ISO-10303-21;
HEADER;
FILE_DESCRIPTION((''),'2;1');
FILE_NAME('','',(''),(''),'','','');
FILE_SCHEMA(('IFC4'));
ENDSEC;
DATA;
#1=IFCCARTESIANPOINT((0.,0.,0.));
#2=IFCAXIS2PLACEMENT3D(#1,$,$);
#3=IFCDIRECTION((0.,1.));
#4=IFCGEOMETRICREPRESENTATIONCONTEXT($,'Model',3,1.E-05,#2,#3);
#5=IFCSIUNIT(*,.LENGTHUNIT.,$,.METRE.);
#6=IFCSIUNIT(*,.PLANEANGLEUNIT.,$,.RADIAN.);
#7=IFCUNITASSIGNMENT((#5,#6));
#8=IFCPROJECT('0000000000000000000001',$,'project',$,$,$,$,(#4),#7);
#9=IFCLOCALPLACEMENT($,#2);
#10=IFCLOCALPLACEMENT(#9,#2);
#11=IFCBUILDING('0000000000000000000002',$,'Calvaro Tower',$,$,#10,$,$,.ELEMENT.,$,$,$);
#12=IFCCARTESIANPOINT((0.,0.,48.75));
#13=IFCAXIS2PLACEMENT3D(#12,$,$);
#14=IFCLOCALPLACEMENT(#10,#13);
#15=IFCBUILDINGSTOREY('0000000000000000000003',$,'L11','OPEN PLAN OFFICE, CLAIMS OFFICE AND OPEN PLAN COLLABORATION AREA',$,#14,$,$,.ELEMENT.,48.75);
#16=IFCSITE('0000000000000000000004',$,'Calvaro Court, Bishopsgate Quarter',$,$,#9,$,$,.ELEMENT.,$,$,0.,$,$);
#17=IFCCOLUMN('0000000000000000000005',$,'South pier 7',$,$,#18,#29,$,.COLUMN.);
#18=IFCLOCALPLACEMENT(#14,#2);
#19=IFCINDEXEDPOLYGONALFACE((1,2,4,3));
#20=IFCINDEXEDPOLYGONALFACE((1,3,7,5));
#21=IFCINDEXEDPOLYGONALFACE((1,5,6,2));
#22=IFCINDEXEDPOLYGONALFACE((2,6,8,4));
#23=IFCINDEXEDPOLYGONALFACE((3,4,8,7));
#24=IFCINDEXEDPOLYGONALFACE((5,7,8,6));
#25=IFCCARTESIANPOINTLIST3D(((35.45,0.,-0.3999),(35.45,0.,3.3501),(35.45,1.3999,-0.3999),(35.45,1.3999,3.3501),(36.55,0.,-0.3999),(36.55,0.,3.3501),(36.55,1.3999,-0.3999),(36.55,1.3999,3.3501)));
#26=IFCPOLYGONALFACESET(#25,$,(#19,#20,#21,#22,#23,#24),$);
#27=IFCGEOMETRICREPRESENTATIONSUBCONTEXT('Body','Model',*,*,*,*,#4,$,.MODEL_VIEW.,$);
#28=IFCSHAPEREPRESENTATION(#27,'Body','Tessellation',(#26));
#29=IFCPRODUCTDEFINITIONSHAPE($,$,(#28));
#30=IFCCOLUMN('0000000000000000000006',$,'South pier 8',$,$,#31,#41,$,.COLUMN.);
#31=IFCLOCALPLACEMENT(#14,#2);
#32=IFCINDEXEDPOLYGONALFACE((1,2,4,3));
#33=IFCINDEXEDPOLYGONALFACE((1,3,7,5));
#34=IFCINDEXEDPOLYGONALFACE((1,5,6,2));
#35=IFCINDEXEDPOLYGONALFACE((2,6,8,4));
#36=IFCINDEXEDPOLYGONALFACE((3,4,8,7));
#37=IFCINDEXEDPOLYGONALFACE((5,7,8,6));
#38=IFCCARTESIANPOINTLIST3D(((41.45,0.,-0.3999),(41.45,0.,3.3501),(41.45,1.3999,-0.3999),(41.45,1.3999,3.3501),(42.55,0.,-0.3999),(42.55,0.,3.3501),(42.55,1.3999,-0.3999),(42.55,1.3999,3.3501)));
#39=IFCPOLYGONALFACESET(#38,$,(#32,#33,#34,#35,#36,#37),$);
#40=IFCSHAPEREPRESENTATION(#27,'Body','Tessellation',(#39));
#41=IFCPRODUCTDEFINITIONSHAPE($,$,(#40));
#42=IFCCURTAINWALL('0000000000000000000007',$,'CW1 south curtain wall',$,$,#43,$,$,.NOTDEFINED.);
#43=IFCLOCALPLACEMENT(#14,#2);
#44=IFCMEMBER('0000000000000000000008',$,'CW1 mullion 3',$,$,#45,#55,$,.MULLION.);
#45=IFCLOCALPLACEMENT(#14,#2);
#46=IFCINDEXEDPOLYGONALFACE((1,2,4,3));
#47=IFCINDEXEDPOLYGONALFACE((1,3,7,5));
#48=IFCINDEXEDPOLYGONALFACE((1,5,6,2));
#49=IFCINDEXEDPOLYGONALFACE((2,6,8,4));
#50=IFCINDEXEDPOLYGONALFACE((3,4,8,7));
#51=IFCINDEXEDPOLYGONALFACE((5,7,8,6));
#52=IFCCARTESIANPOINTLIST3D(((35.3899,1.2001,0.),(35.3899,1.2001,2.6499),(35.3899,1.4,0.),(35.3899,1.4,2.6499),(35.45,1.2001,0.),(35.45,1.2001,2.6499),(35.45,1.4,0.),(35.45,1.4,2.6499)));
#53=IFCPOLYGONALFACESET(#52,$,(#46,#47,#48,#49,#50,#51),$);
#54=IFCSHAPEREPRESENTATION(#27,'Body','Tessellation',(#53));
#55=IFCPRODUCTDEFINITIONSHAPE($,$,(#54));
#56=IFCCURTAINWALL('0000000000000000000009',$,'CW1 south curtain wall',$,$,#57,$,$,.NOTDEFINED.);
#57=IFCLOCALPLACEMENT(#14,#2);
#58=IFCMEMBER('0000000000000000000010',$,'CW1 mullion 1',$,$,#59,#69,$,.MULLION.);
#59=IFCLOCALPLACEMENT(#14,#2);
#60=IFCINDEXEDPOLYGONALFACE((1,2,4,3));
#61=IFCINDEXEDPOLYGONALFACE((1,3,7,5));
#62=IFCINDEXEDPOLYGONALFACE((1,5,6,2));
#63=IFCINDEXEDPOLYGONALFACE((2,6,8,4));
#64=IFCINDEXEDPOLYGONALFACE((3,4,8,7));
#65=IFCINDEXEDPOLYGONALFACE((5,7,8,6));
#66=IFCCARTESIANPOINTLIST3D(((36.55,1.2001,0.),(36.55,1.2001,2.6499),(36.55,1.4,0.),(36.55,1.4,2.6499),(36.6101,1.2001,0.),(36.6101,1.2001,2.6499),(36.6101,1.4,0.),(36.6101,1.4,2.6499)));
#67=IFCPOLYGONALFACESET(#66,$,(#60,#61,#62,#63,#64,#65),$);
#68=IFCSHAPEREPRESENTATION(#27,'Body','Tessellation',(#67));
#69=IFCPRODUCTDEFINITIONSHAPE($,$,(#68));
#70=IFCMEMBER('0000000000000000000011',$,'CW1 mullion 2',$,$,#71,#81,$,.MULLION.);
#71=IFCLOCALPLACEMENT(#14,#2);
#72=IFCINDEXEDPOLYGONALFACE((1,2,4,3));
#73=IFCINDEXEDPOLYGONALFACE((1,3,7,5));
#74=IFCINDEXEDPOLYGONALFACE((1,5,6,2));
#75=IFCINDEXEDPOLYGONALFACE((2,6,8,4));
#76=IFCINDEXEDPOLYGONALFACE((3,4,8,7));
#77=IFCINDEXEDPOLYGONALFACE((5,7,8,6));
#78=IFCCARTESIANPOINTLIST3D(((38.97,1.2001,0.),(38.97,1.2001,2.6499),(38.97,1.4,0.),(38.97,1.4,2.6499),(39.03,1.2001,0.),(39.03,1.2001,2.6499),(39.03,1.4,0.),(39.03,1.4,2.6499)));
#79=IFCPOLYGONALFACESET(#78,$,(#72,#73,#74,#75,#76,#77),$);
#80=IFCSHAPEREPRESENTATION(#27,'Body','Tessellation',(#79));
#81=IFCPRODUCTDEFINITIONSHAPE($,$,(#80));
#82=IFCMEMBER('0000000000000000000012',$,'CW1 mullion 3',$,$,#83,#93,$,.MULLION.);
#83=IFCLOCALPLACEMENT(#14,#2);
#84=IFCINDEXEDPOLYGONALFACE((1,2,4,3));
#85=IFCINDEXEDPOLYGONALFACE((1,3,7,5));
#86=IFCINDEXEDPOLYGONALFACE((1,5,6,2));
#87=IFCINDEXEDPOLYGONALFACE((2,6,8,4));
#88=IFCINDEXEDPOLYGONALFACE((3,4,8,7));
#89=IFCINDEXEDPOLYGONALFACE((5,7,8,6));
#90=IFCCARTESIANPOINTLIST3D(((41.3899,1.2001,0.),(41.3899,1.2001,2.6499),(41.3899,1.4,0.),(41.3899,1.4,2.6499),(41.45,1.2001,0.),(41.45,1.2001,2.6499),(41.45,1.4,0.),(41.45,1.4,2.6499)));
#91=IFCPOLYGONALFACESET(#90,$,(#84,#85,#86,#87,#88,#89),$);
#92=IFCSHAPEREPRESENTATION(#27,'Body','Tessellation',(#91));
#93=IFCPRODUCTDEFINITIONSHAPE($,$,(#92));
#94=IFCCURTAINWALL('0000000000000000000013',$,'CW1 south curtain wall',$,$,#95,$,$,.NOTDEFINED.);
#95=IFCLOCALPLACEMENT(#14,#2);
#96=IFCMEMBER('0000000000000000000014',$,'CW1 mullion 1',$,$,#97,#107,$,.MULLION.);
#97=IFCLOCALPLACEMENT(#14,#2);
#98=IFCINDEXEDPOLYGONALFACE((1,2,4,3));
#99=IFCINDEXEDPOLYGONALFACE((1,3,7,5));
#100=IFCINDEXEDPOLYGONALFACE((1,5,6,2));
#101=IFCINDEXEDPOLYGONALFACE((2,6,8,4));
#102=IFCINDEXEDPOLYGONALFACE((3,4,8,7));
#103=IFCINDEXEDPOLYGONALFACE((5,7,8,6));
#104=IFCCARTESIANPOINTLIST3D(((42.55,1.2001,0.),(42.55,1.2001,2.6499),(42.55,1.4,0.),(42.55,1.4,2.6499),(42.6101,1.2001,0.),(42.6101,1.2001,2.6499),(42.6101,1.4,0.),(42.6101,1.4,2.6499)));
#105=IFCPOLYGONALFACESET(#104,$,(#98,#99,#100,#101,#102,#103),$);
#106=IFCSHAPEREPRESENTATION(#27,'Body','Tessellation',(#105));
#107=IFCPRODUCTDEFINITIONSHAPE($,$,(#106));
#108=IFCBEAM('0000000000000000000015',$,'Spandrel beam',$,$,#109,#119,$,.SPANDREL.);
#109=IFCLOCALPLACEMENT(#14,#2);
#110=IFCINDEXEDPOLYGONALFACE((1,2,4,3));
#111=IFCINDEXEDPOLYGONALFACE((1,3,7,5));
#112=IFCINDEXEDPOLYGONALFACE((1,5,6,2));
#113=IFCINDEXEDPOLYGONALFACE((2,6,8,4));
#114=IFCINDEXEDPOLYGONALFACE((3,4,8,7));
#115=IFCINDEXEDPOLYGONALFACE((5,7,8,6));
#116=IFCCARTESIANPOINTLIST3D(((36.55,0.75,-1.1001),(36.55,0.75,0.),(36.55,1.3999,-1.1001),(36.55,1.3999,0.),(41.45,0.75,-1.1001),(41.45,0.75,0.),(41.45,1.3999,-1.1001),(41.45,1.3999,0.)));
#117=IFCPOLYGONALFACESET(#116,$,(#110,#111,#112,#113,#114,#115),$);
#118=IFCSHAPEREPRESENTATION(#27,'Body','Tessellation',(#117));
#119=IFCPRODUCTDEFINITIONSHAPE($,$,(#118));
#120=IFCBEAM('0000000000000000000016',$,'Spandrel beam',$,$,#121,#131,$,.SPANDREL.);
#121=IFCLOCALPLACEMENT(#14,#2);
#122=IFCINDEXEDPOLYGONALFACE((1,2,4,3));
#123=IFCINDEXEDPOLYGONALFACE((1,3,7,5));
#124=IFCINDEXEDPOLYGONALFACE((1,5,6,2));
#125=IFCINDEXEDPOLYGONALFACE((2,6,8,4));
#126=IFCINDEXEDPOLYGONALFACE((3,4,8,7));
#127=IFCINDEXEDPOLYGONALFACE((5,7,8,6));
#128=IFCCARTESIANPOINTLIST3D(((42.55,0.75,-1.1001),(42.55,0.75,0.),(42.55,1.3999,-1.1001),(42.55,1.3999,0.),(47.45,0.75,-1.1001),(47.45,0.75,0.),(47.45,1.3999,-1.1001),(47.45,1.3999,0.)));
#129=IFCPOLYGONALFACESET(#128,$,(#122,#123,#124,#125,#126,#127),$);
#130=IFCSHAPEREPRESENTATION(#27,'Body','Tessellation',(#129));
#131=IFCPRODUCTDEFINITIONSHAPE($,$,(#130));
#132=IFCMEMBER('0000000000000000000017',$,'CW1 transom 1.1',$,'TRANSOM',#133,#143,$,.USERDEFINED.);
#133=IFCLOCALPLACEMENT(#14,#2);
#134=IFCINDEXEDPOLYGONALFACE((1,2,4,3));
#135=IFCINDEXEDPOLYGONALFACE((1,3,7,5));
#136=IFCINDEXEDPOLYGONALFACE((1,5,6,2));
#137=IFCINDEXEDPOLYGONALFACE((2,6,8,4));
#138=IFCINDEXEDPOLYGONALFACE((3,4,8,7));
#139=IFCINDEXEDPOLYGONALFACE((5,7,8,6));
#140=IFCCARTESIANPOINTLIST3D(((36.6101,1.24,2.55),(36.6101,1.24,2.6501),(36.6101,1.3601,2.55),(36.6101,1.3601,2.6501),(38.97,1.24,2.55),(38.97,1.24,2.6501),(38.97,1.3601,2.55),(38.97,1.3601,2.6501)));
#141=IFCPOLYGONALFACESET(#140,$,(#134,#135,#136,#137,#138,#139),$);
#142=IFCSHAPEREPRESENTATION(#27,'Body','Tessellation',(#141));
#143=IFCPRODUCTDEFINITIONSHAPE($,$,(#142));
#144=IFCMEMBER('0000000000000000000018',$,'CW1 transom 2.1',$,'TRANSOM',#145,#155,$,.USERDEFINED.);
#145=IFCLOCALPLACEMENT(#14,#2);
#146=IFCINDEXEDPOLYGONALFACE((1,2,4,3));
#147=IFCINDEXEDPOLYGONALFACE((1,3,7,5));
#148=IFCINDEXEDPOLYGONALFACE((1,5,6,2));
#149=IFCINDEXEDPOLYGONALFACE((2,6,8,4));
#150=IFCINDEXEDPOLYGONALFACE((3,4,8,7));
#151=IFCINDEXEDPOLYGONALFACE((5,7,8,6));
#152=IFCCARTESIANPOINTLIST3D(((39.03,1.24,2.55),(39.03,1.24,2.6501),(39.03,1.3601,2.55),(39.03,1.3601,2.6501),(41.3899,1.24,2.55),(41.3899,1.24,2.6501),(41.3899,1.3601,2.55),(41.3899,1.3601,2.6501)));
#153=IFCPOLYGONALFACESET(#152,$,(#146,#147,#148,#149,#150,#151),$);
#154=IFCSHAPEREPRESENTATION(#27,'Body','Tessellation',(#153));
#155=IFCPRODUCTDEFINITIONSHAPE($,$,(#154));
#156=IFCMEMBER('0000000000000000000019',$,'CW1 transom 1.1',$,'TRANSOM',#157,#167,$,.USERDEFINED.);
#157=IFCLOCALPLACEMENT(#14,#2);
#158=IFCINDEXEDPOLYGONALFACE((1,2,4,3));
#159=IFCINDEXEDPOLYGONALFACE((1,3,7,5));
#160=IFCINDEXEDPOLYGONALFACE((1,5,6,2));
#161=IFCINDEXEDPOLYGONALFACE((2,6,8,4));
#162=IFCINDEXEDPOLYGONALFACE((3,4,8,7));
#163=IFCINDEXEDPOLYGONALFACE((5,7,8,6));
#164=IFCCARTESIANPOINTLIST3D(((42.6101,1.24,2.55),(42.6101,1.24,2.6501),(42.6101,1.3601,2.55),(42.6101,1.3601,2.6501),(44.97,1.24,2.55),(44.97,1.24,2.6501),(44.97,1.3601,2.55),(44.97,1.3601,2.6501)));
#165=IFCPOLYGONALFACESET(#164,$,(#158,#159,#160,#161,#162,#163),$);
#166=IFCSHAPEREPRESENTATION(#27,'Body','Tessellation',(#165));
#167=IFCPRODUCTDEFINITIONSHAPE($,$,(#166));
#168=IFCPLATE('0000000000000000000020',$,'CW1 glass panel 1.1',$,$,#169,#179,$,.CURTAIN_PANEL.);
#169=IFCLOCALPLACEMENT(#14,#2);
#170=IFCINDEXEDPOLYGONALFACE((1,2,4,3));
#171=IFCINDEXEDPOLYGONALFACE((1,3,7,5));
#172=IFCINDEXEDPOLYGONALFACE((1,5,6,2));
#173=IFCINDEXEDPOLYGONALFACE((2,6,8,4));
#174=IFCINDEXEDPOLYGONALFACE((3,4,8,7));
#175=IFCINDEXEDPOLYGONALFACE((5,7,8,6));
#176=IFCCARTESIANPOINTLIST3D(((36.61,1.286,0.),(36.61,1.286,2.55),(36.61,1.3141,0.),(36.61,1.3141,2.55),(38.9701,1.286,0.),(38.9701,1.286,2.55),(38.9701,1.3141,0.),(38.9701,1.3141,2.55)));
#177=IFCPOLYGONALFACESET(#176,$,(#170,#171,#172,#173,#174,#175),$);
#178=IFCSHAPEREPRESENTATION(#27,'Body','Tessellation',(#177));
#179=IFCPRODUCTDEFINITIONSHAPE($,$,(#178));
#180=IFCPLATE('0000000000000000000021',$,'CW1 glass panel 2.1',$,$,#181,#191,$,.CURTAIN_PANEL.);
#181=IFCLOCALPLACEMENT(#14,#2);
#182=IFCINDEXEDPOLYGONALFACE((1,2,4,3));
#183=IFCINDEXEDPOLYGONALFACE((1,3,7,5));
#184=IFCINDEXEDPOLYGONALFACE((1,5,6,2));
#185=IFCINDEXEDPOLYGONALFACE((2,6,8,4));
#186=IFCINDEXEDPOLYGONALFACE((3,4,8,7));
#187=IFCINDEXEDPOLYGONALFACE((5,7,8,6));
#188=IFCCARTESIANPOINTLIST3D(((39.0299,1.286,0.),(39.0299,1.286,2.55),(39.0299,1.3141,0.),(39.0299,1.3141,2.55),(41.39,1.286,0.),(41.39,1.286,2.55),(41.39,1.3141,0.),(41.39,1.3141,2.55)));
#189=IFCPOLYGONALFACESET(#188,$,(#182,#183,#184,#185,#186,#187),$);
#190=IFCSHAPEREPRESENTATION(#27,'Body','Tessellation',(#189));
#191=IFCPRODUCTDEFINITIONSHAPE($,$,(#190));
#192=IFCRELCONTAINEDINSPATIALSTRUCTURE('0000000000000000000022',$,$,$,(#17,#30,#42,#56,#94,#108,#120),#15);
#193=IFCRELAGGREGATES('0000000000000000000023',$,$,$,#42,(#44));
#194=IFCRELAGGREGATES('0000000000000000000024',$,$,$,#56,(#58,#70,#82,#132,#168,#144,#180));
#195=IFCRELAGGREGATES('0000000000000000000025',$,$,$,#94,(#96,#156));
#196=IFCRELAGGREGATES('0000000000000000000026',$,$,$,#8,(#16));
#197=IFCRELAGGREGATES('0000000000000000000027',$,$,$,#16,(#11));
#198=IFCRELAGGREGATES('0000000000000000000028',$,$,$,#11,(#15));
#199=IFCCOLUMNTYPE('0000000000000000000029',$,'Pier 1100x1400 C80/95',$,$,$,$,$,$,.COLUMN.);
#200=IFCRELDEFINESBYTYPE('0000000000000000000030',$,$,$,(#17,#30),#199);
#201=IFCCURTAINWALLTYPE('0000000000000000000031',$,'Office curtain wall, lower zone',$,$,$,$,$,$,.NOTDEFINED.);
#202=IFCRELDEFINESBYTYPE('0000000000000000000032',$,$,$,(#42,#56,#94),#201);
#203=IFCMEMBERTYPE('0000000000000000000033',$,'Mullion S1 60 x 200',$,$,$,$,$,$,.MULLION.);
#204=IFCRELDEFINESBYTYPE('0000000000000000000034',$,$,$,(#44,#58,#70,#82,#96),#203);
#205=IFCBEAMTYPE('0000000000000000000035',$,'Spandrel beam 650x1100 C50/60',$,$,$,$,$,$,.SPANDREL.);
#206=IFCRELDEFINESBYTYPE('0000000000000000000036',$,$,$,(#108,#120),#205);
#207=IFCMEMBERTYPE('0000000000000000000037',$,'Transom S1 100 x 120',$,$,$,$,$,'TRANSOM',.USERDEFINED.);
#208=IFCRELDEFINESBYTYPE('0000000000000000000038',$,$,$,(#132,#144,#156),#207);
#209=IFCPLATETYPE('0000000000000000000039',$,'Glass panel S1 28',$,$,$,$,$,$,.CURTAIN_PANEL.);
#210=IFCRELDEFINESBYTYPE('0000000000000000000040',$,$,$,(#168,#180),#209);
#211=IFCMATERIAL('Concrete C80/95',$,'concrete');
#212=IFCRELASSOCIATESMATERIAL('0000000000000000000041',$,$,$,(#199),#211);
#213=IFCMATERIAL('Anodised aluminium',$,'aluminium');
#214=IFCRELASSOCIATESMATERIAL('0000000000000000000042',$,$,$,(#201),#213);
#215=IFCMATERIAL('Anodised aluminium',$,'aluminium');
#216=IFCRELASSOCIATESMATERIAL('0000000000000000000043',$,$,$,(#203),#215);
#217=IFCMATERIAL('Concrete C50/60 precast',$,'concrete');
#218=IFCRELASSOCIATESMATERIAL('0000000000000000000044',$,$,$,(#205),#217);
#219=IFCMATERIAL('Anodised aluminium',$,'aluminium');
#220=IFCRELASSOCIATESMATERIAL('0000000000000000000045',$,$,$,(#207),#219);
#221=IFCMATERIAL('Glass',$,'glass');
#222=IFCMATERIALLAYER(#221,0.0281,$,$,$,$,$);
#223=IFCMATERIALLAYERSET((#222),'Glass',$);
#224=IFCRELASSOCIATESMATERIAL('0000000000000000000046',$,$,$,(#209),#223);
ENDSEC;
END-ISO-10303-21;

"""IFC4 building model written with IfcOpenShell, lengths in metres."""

from ifc_helpers import new_model, si_unit, direction, frame, origin, origin_2d, place, context, subcontext, project, spatial, rectangle, extrude, material, layer, layer_set, material_profile, profile_set, type_object, element, aggregate, save


model = new_model("IFC4")

# Units and contexts
model_context = context("Model", 3, precision=1e-05, world=origin(), true_north=direction((0.0, 1.0)))
body_context = subcontext(model_context, "Body", "Model", "MODEL_VIEW")
ifc_project = project(units=[si_unit("LENGTHUNIT", "METRE"), si_unit("PLANEANGLEUNIT", "RADIAN")], contexts=[model_context])

# Site, building, storey
site_placement = place(None, origin())
site = spatial("IfcSite", under=ifc_project, at=site_placement, Name="Calvaro Court, Bishopsgate Quarter", CompositionType="ELEMENT", RefElevation=0.0)
building_placement = place(site_placement, origin())
building = spatial("IfcBuilding", under=site, at=building_placement, Name="Calvaro Tower", CompositionType="ELEMENT")
storey_placement = place(building_placement, frame((0.0, 0.0, 48.75)))
storey = spatial("IfcBuildingStorey", under=building, at=storey_placement, Name="L11", Description="OPEN PLAN OFFICE, CLAIMS OFFICE AND OPEN PLAN COLLABORATION AREA", CompositionType="ELEMENT", Elevation=48.75)

# Columns
ifc_material_1 = material(Name="Concrete C80/95", Category="concrete")
ifc_material_profile_1 = material_profile(ifc_material_1, rectangle(XDim=1.1001, YDim=1.3999, at=origin_2d()), Name="RC 1100x1400")
ifc_profile_set_1 = profile_set([ifc_material_profile_1], Name="Concrete C80/95")
column_type = type_object("IfcColumnType", Name="Pier 1100x1400 C80/95", PredefinedType="COLUMN", material=ifc_profile_set_1)
for number, where, z_axis, x_axis, name in (
    (1, (36.0, 0.7, -0.3999), (0.0, 0.0, 1.0), (1.0, 0.0, 0.0), "South pier 7"),
    (2, (42.0, 0.7, -0.3999), (0.0, 0.0, 1.0), (1.0, 0.0, 0.0), "South pier 8"),
):
    element("IfcColumn", number, at=place(storey_placement, frame(where, z_axis=z_axis, x_axis=x_axis)), inside=storey, type_object=column_type, Name=name, PredefinedType="COLUMN", context=body_context, shape_type="SweptSolid", body=[
        extrude(rectangle(XDim=1.1001, YDim=1.3999, at=origin_2d()), origin(), (0.0, 0.0, 1.0), 3.75),
    ])

# Curtain wall, member
ifc_material_2 = material(Name="Anodised aluminium", Category="aluminium")
curtain_wall_type = type_object("IfcCurtainWallType", Name="Office curtain wall, lower zone", PredefinedType="NOTDEFINED", material=ifc_material_2)
curtain_wall_1_placement = place(storey_placement, origin())
curtain_wall_1 = element("IfcCurtainWall", 3, at=curtain_wall_1_placement, inside=storey, type_object=curtain_wall_type, Name="CW1 south curtain wall", PredefinedType="NOTDEFINED")
ifc_material_3 = material(Name="Anodised aluminium", Category="aluminium")
ifc_material_profile_2 = material_profile(ifc_material_3, rectangle(XDim=0.2, YDim=0.0601, at=origin_2d()), Name="Mullion S1 60 x 200")
ifc_profile_set_2 = profile_set([ifc_material_profile_2], Name="Anodised aluminium")
member_type_1 = type_object("IfcMemberType", Name="Mullion S1 60 x 200", PredefinedType="MULLION", material=ifc_profile_set_2)
member_1_placement = place(storey_placement, frame((35.4199, 1.3, 0.0), z_axis=(0.0, 0.0, 1.0), x_axis=(0.0, 1.0, 0.0)))
member_1 = element("IfcMember", 4, at=member_1_placement, type_object=member_type_1, Name="CW1 mullion 3", PredefinedType="MULLION", context=body_context, shape_type="SweptSolid", body=[
    extrude(rectangle(XDim=0.2, YDim=0.0601, at=origin_2d()), origin(), (0.0, 0.0, 1.0), 2.6499),
])
aggregate(curtain_wall_1, [member_1])

# Curtain wall, members
curtain_wall_2_placement = place(storey_placement, origin())
curtain_wall_2 = element("IfcCurtainWall", 5, at=curtain_wall_2_placement, inside=storey, type_object=curtain_wall_type, Name="CW1 south curtain wall", PredefinedType="NOTDEFINED")
member_2_placement = place(storey_placement, frame((36.5801, 1.3, 0.0), z_axis=(0.0, 0.0, 1.0), x_axis=(0.0, 1.0, 0.0)))
member_2 = element("IfcMember", 6, at=member_2_placement, type_object=member_type_1, Name="CW1 mullion 1", PredefinedType="MULLION", context=body_context, shape_type="SweptSolid", body=[
    extrude(rectangle(XDim=0.2, YDim=0.0601, at=origin_2d()), origin(), (0.0, 0.0, 1.0), 2.6499),
])
member_3_placement = place(storey_placement, frame((39.0, 1.3, 0.0), z_axis=(0.0, 0.0, 1.0), x_axis=(0.0, 1.0, 0.0)))
member_3 = element("IfcMember", 7, at=member_3_placement, type_object=member_type_1, Name="CW1 mullion 2", PredefinedType="MULLION", context=body_context, shape_type="SweptSolid", body=[
    extrude(rectangle(XDim=0.2, YDim=0.0601, at=origin_2d()), origin(), (0.0, 0.0, 1.0), 2.6499),
])
member_4_placement = place(storey_placement, frame((41.4199, 1.3, 0.0), z_axis=(0.0, 0.0, 1.0), x_axis=(0.0, 1.0, 0.0)))
member_4 = element("IfcMember", 8, at=member_4_placement, type_object=member_type_1, Name="CW1 mullion 3", PredefinedType="MULLION", context=body_context, shape_type="SweptSolid", body=[
    extrude(rectangle(XDim=0.2, YDim=0.0601, at=origin_2d()), origin(), (0.0, 0.0, 1.0), 2.6499),
])

# Curtain wall, member
curtain_wall_3_placement = place(storey_placement, origin())
curtain_wall_3 = element("IfcCurtainWall", 9, at=curtain_wall_3_placement, inside=storey, type_object=curtain_wall_type, Name="CW1 south curtain wall", PredefinedType="NOTDEFINED")
member_5_placement = place(storey_placement, frame((42.5801, 1.3, 0.0), z_axis=(0.0, 0.0, 1.0), x_axis=(0.0, 1.0, 0.0)))
member_5 = element("IfcMember", 10, at=member_5_placement, type_object=member_type_1, Name="CW1 mullion 1", PredefinedType="MULLION", context=body_context, shape_type="SweptSolid", body=[
    extrude(rectangle(XDim=0.2, YDim=0.0601, at=origin_2d()), origin(), (0.0, 0.0, 1.0), 2.6499),
])

# Beams
ifc_material_4 = material(Name="Concrete C50/60 precast", Category="concrete")
ifc_material_profile_3 = material_profile(ifc_material_4, rectangle(XDim=0.6499, YDim=1.1001, at=origin_2d()), Name="RC 650x1100")
ifc_profile_set_3 = profile_set([ifc_material_profile_3], Name="Concrete C50/60 precast")
beam_type = type_object("IfcBeamType", Name="Spandrel beam 650x1100 C50/60", PredefinedType="SPANDREL", material=ifc_profile_set_3)
for number, where, z_axis, x_axis, name in (
    (11, (36.55, 1.075, -0.55), (1.0, 0.0, 0.0), (0.0, 1.0, 0.0), "Spandrel beam"),
    (12, (42.55, 1.075, -0.55), (1.0, 0.0, 0.0), (0.0, 1.0, 0.0), "Spandrel beam"),
):
    element("IfcBeam", number, at=place(storey_placement, frame(where, z_axis=z_axis, x_axis=x_axis)), inside=storey, type_object=beam_type, Name=name, PredefinedType="SPANDREL", context=body_context, shape_type="SweptSolid", body=[
        extrude(rectangle(XDim=0.6499, YDim=1.1001, at=origin_2d()), origin(), (0.0, 0.0, 1.0), 4.8999),
    ])

# Members
ifc_material_5 = material(Name="Anodised aluminium", Category="aluminium")
ifc_material_profile_4 = material_profile(ifc_material_5, rectangle(XDim=0.1201, YDim=0.1001, at=origin_2d()), Name="Transom S1 100 x 120")
ifc_profile_set_4 = profile_set([ifc_material_profile_4], Name="Anodised aluminium")
member_type_2 = type_object("IfcMemberType", Name="Transom S1 100 x 120", ElementType="TRANSOM", PredefinedType="USERDEFINED", material=ifc_profile_set_4)
member_6_placement = place(storey_placement, frame((36.6101, 1.3, 2.6001), z_axis=(1.0, 0.0, 0.0), x_axis=(0.0, 1.0, 0.0)))
member_6 = element("IfcMember", 13, at=member_6_placement, type_object=member_type_2, Name="CW1 transom 1.1", ObjectType="TRANSOM", PredefinedType="USERDEFINED", context=body_context, shape_type="SweptSolid", body=[
    extrude(rectangle(XDim=0.1201, YDim=0.1001, at=origin_2d()), origin(), (0.0, 0.0, 1.0), 2.3599),
])
member_7_placement = place(storey_placement, frame((39.03, 1.3, 2.6001), z_axis=(1.0, 0.0, 0.0), x_axis=(0.0, 1.0, 0.0)))
member_7 = element("IfcMember", 14, at=member_7_placement, type_object=member_type_2, Name="CW1 transom 2.1", ObjectType="TRANSOM", PredefinedType="USERDEFINED", context=body_context, shape_type="SweptSolid", body=[
    extrude(rectangle(XDim=0.1201, YDim=0.1001, at=origin_2d()), origin(), (0.0, 0.0, 1.0), 2.3599),
])
member_8_placement = place(storey_placement, frame((42.6101, 1.3, 2.6001), z_axis=(1.0, 0.0, 0.0), x_axis=(0.0, 1.0, 0.0)))
member_8 = element("IfcMember", 15, at=member_8_placement, type_object=member_type_2, Name="CW1 transom 1.1", ObjectType="TRANSOM", PredefinedType="USERDEFINED", context=body_context, shape_type="SweptSolid", body=[
    extrude(rectangle(XDim=0.1201, YDim=0.1001, at=origin_2d()), origin(), (0.0, 0.0, 1.0), 2.3599),
])

# Plates
ifc_material_6 = material(Name="Glass", Category="glass")
ifc_layer = layer(ifc_material_6, 0.0281)
ifc_layer_set = layer_set([ifc_layer], Name="Glass")
plate_type = type_object("IfcPlateType", Name="Glass panel S1 28", PredefinedType="CURTAIN_PANEL", material=ifc_layer_set)
plate_1_placement = place(storey_placement, frame((37.79, 1.3, 0.0), z_axis=(0.0, 0.0, 1.0), x_axis=(1.0, 0.0, 0.0)))
plate_1 = element("IfcPlate", 16, at=plate_1_placement, type_object=plate_type, Name="CW1 glass panel 1.1", PredefinedType="CURTAIN_PANEL", context=body_context, shape_type="SweptSolid", body=[
    extrude(rectangle(XDim=2.3601, YDim=0.0281, at=origin_2d()), origin(), (0.0, 0.0, 1.0), 2.55),
])
plate_2_placement = place(storey_placement, frame((40.21, 1.3, 0.0), z_axis=(0.0, 0.0, 1.0), x_axis=(1.0, 0.0, 0.0)))
plate_2 = element("IfcPlate", 17, at=plate_2_placement, type_object=plate_type, Name="CW1 glass panel 2.1", PredefinedType="CURTAIN_PANEL", context=body_context, shape_type="SweptSolid", body=[
    extrude(rectangle(XDim=2.3601, YDim=0.0281, at=origin_2d()), origin(), (0.0, 0.0, 1.0), 2.55),
])
aggregate(curtain_wall_2, [member_2, member_3, member_4, member_6, plate_1, member_7, plate_2])
aggregate(curtain_wall_3, [member_5, member_8])

save(model, "model.ifc")
